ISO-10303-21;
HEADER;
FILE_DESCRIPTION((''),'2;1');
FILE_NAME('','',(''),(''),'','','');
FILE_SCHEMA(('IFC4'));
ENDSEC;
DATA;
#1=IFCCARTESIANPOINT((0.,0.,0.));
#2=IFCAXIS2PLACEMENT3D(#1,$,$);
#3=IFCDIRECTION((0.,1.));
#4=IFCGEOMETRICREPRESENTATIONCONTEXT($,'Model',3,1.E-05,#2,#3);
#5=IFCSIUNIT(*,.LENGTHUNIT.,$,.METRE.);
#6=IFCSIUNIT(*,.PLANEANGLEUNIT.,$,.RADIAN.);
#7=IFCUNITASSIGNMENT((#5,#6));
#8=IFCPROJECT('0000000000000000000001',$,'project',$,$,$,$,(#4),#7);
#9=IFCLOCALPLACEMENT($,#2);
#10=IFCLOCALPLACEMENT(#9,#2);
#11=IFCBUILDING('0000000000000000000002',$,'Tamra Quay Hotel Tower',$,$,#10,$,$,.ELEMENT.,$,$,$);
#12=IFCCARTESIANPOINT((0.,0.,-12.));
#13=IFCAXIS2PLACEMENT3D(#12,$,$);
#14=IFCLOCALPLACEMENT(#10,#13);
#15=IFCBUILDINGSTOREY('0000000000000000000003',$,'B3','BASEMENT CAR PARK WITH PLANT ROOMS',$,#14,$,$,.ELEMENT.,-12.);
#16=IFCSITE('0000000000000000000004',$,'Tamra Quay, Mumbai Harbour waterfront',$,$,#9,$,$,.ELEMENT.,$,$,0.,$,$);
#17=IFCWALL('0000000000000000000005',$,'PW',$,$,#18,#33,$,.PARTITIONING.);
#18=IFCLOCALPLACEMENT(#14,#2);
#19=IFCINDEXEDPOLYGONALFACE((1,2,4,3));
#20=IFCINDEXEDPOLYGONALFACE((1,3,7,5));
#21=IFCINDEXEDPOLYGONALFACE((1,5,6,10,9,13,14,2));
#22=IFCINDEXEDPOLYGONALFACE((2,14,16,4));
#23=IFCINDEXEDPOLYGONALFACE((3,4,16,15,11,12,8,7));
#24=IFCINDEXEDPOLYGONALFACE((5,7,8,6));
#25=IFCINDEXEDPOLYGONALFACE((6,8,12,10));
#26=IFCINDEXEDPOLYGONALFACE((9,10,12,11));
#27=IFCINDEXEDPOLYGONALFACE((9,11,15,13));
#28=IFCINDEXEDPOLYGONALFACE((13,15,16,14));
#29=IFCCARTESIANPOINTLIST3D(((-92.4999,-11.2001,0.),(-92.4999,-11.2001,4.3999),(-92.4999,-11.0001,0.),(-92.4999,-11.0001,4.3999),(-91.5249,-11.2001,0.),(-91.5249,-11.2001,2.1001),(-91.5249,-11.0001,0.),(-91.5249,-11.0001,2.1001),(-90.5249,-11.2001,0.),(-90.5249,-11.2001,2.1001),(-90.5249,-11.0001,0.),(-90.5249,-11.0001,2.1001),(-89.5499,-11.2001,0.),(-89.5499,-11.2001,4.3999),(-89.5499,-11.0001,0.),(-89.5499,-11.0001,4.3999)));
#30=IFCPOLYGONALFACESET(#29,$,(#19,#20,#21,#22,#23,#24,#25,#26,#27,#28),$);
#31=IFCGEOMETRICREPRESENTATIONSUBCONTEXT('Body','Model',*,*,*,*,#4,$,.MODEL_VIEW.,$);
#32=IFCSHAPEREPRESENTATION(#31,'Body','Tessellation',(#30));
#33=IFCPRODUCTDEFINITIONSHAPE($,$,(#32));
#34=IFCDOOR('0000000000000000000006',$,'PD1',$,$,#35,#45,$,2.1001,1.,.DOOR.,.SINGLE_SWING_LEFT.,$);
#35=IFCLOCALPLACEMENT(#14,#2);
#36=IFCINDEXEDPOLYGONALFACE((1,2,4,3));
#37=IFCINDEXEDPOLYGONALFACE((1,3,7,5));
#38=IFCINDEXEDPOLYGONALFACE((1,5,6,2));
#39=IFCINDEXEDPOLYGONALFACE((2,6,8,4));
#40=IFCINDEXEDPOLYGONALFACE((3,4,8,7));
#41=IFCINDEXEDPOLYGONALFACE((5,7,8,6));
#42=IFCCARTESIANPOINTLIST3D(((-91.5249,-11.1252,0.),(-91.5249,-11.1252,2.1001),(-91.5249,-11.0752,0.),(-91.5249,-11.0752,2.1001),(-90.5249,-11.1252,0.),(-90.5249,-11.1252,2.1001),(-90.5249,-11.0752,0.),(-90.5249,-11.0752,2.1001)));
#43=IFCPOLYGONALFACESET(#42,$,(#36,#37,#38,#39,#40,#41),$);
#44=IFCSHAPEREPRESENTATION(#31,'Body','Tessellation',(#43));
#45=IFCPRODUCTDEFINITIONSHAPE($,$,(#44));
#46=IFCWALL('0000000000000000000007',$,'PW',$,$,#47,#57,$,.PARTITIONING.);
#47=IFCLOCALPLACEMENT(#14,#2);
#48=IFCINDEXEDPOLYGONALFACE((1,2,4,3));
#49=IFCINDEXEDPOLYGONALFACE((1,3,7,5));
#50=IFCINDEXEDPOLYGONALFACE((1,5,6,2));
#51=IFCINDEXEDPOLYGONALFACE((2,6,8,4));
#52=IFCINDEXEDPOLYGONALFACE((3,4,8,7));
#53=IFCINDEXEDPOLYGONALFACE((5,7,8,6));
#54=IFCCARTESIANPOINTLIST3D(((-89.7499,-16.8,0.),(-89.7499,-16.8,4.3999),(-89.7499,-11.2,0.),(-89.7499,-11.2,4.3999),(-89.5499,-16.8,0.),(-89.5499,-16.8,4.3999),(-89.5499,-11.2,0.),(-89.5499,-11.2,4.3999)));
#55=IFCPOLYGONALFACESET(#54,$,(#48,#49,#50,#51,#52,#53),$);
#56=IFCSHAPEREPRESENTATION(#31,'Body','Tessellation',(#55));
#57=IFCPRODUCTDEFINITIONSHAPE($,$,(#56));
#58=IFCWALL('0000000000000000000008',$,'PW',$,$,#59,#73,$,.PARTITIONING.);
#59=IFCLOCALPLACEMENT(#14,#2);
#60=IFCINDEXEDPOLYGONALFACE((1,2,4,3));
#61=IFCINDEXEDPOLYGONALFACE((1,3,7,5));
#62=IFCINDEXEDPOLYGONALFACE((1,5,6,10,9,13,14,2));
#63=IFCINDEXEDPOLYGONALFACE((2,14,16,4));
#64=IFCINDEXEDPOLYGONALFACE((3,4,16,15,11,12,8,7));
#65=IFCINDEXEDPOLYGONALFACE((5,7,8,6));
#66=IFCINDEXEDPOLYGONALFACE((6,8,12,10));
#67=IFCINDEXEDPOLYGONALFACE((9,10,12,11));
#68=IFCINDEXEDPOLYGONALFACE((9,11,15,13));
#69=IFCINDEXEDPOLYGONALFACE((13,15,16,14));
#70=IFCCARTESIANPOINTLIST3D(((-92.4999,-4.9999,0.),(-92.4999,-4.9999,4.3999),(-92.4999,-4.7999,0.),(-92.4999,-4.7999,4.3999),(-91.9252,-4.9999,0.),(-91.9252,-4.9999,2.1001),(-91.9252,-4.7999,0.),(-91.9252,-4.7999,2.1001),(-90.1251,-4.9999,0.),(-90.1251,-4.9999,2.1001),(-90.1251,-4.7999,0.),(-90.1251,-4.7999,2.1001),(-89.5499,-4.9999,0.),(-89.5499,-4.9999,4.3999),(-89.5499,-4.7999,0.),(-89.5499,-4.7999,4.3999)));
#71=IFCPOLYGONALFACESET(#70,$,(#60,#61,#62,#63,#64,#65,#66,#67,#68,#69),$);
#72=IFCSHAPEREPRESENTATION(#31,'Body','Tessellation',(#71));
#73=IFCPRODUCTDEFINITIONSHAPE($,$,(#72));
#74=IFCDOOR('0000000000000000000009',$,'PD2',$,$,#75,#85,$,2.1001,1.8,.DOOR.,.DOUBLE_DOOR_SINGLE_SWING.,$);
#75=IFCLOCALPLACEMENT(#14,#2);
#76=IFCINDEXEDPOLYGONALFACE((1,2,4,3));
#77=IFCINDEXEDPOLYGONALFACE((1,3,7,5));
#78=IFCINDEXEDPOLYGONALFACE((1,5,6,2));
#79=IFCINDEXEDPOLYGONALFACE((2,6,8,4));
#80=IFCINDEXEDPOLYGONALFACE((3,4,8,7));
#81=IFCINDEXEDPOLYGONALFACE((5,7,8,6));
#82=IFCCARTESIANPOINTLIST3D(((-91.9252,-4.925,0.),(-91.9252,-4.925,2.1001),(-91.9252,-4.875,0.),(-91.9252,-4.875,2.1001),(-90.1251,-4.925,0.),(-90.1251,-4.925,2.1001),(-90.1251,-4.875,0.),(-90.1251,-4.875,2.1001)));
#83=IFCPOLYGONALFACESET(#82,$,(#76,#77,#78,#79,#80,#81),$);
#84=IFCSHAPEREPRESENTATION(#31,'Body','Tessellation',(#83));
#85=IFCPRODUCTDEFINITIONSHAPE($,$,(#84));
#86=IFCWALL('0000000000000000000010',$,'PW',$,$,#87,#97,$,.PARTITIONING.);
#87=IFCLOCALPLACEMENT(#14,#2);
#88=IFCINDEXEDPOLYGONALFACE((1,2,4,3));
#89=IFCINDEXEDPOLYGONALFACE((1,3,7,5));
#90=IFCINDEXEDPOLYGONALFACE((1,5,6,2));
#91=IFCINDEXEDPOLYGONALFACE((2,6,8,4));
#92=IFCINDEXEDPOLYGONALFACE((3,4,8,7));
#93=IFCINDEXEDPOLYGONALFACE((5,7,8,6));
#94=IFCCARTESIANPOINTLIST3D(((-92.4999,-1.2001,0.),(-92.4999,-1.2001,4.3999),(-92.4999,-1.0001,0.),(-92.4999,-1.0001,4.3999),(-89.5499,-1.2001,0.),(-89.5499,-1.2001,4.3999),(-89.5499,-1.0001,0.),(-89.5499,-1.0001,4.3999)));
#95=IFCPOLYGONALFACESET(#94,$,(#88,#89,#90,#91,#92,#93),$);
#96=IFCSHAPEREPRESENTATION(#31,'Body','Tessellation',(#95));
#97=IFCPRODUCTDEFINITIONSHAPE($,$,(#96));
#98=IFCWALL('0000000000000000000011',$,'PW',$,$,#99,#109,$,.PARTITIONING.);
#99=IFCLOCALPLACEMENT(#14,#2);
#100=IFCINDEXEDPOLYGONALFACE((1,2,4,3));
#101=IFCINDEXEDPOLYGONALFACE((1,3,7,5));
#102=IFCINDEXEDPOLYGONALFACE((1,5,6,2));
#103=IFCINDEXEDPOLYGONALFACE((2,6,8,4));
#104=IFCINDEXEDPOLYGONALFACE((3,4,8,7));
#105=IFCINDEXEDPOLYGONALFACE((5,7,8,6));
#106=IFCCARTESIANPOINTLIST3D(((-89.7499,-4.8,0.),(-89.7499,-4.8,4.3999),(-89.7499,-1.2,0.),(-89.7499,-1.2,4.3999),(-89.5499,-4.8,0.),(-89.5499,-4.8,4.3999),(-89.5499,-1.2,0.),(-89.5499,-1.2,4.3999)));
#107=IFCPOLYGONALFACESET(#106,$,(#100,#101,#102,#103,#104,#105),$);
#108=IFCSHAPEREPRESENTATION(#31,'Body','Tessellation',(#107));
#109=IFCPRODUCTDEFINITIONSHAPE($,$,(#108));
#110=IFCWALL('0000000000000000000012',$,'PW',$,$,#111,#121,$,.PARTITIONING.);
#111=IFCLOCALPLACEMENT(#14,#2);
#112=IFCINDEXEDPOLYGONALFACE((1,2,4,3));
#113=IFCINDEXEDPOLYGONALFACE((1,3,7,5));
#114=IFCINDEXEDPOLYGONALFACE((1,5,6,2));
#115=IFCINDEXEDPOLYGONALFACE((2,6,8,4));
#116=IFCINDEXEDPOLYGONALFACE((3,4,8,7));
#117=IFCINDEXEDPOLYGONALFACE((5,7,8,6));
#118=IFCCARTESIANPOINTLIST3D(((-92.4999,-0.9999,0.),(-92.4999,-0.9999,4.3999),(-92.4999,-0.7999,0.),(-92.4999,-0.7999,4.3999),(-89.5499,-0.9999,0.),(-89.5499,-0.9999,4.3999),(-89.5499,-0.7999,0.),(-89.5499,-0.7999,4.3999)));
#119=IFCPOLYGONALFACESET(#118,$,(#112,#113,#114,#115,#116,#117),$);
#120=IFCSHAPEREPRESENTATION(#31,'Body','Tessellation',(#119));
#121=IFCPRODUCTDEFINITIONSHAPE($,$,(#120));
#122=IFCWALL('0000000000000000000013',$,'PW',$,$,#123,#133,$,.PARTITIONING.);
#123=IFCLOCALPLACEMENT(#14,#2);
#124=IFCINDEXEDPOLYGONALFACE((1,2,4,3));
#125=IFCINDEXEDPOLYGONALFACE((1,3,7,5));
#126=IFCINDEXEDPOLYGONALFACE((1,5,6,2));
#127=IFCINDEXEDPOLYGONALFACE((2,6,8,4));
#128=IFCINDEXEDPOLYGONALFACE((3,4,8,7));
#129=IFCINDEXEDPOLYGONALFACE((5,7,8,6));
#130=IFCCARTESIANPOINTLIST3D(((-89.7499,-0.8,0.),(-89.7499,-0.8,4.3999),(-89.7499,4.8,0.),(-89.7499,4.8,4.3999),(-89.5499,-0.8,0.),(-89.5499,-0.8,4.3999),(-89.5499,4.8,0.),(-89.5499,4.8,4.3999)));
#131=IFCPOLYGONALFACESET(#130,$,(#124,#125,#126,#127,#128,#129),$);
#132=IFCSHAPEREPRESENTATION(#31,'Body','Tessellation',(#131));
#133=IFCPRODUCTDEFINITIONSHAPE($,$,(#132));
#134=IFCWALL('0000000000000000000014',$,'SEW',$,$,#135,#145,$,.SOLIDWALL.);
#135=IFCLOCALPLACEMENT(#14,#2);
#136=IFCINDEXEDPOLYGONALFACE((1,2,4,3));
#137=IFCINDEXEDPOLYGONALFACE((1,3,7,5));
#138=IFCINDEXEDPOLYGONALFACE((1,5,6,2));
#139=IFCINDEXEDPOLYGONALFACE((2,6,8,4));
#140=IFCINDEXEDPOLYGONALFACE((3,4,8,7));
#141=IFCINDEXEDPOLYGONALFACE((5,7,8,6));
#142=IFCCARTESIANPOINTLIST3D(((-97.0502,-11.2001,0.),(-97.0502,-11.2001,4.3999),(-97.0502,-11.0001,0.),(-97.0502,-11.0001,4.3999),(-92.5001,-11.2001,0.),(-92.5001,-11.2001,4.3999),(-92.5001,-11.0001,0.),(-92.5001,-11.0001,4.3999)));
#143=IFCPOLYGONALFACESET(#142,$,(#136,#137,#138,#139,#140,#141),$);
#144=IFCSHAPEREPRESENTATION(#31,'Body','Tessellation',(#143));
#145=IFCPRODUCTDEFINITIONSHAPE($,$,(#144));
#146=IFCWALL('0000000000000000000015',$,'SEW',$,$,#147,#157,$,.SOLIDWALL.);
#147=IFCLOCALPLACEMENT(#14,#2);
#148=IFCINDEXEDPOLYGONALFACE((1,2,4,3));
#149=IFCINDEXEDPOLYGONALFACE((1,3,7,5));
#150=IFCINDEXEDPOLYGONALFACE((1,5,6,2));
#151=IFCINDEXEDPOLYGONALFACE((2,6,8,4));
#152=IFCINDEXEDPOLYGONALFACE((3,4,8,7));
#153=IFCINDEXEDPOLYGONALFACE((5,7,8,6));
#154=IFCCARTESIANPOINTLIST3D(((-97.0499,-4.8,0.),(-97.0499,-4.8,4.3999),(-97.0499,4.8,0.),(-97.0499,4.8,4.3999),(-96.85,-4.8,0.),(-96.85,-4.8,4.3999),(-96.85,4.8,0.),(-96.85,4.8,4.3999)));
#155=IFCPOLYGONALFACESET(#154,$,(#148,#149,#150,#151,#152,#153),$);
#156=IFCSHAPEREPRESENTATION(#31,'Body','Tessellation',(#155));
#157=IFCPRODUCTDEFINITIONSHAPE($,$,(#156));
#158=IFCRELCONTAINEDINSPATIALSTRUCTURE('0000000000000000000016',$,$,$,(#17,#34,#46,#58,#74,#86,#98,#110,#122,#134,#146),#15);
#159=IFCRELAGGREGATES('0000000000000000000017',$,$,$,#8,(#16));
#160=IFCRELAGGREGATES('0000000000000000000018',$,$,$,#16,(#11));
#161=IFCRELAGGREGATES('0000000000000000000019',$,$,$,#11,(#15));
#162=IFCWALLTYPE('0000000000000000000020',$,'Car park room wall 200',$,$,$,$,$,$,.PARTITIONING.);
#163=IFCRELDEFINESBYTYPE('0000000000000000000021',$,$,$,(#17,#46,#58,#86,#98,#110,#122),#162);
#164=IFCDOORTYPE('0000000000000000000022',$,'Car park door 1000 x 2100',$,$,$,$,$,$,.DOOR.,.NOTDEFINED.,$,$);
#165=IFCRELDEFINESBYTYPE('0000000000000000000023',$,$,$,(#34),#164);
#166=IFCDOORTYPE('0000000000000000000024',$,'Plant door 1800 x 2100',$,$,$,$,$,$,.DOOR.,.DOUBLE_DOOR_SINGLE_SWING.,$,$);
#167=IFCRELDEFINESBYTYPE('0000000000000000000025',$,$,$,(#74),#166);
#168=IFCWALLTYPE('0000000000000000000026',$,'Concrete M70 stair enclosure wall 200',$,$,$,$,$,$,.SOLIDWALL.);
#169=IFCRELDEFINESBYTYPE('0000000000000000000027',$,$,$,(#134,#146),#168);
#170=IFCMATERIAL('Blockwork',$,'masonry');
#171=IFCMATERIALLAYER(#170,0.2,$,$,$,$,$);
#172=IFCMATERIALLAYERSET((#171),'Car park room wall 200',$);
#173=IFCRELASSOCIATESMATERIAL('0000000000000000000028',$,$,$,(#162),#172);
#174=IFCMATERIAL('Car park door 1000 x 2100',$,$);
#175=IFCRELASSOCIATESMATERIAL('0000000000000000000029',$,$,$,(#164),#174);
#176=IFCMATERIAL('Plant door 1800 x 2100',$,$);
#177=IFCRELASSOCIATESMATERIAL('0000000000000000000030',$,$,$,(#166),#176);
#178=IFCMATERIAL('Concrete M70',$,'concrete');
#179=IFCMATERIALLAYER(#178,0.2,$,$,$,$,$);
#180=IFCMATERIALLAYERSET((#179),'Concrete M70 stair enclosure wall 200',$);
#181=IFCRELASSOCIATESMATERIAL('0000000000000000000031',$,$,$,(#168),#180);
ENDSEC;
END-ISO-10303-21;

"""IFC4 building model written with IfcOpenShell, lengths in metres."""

from ifc_helpers import new_model, si_unit, direction, frame, frame_2d, origin, place, context, subcontext, project, spatial, rectangle, extrude, material, layer, layer_set, type_object, element, fill, save


model = new_model("IFC4")

# Units and contexts
model_context = context("Model", 3, precision=1e-05, world=origin(), true_north=direction((0.0, 1.0)))
body_context = subcontext(model_context, "Body", "Model", "MODEL_VIEW")
ifc_project = project(units=[si_unit("LENGTHUNIT", "METRE"), si_unit("PLANEANGLEUNIT", "RADIAN")], contexts=[model_context])

# Site, building, storey
site_placement = place(None, origin())
site = spatial("IfcSite", under=ifc_project, at=site_placement, Name="Tamra Quay, Mumbai Harbour waterfront", CompositionType="ELEMENT", RefElevation=0.0)
building_placement = place(site_placement, origin())
building = spatial("IfcBuilding", under=site, at=building_placement, Name="Tamra Quay Hotel Tower", CompositionType="ELEMENT")
storey_placement = place(building_placement, frame((0.0, 0.0, -12.0)))
storey = spatial("IfcBuildingStorey", under=building, at=storey_placement, Name="B3", Description="BASEMENT CAR PARK WITH PLANT ROOMS", CompositionType="ELEMENT", Elevation=-12.0)

# Shared definitions
ifc_material_1 = material(Name="Concrete M70", Category="concrete")

# Shared definitions
ifc_material_2 = material(Name="Blockwork", Category="masonry")
ifc_layer_1 = layer(ifc_material_2, 0.2)
ifc_layer_set_1 = layer_set([ifc_layer_1], Name="Car park room wall 200")
wall_type_1 = type_object("IfcWallType", Name="Car park room wall 200", PredefinedType="PARTITIONING", material=ifc_layer_set_1)

# Wall, opening, door
wall_1_placement = place(storey_placement, frame((-92.5, -11.1001, 0.0), z_axis=(0.0, 0.0, 1.0), x_axis=(1.0, 0.0, 0.0)))
wall_1 = element("IfcWall", 1, at=wall_1_placement, inside=storey, type_object=wall_type_1, Name="PW", PredefinedType="PARTITIONING", context=body_context, shape_type="SweptSolid", body=[
    extrude(rectangle(XDim=2.95, YDim=0.2, at=frame_2d((1.4751, 0.0))), origin(), (0.0, 0.0, 1.0), 4.3999),
])
opening_1_placement = place(wall_1_placement, frame((0.9751, 0.0, 0.0)))
opening_1 = element("IfcOpeningElement", 2, at=opening_1_placement, cuts=wall_1, PredefinedType="OPENING", context=body_context, shape_type="SweptSolid", body=[
    extrude(rectangle(XDim=1.0, YDim=2.1001, at=frame_2d((0.5, 1.05))), frame((0.0, 0.1099, 0.0), z_axis=(0.0, -1.0, 0.0), x_axis=(1.0, 0.0, 0.0)), (0.0, 0.0, 1.0), 0.22),
])
ifc_material_3 = material(Name="Car park door 1000 x 2100")
door_type_1 = type_object("IfcDoorType", Name="Car park door 1000 x 2100", OperationType="NOTDEFINED", PredefinedType="DOOR", material=ifc_material_3)
door_1_placement = place(opening_1_placement, origin())
door_1 = element("IfcDoor", 3, at=door_1_placement, inside=storey, type_object=door_type_1, Name="PD1", OperationType="SINGLE_SWING_LEFT", OverallHeight=2.1001, OverallWidth=1.0, PredefinedType="DOOR", context=body_context, shape_type="SweptSolid", body=[
    extrude(rectangle(XDim=1.0, YDim=2.1001, at=frame_2d((0.5, 1.05))), frame((0.0, 0.0249, 0.0), z_axis=(0.0, -1.0, 0.0), x_axis=(1.0, 0.0, 0.0)), (0.0, 0.0, 1.0), 0.05),
])
fill(opening_1, door_1)

# Wall
wall_2_placement = place(storey_placement, frame((-89.6499, -16.8, 0.0), z_axis=(0.0, 0.0, 1.0), x_axis=(0.0, 1.0, 0.0)))
element("IfcWall", 4, at=wall_2_placement, inside=storey, type_object=wall_type_1, Name="PW", PredefinedType="PARTITIONING", context=body_context, shape_type="SweptSolid", body=[
    extrude(rectangle(XDim=5.6001, YDim=0.2, at=frame_2d((2.8, 0.0))), origin(), (0.0, 0.0, 1.0), 4.3999),
])

# Wall, opening, door
wall_3_placement = place(storey_placement, frame((-92.5, -4.8999, 0.0), z_axis=(0.0, 0.0, 1.0), x_axis=(1.0, 0.0, 0.0)))
wall_3 = element("IfcWall", 5, at=wall_3_placement, inside=storey, type_object=wall_type_1, Name="PW", PredefinedType="PARTITIONING", context=body_context, shape_type="SweptSolid", body=[
    extrude(rectangle(XDim=2.95, YDim=0.2, at=frame_2d((1.4751, 0.0))), origin(), (0.0, 0.0, 1.0), 4.3999),
])
opening_2_placement = place(wall_3_placement, frame((0.575, 0.0, 0.0)))
opening_2 = element("IfcOpeningElement", 6, at=opening_2_placement, cuts=wall_3, PredefinedType="OPENING", context=body_context, shape_type="SweptSolid", body=[
    extrude(rectangle(XDim=1.8, YDim=2.1001, at=frame_2d((0.8999, 1.05))), frame((0.0, 0.1099, 0.0), z_axis=(0.0, -1.0, 0.0), x_axis=(1.0, 0.0, 0.0)), (0.0, 0.0, 1.0), 0.22),
])
ifc_material_4 = material(Name="Plant door 1800 x 2100")
door_type_2 = type_object("IfcDoorType", Name="Plant door 1800 x 2100", OperationType="DOUBLE_DOOR_SINGLE_SWING", PredefinedType="DOOR", material=ifc_material_4)
door_2_placement = place(opening_2_placement, origin())
door_2 = element("IfcDoor", 7, at=door_2_placement, inside=storey, type_object=door_type_2, Name="PD2", OperationType="DOUBLE_DOOR_SINGLE_SWING", OverallHeight=2.1001, OverallWidth=1.8, PredefinedType="DOOR", context=body_context, shape_type="SweptSolid", body=[
    extrude(rectangle(XDim=1.8, YDim=2.1001, at=frame_2d((0.8999, 1.05))), frame((0.0, 0.0249, 0.0), z_axis=(0.0, -1.0, 0.0), x_axis=(1.0, 0.0, 0.0)), (0.0, 0.0, 1.0), 0.05),
])
fill(opening_2, door_2)

# Walls
wall_4_placement = place(storey_placement, frame((-92.5, -1.1001, 0.0), z_axis=(0.0, 0.0, 1.0), x_axis=(1.0, 0.0, 0.0)))
element("IfcWall", 8, at=wall_4_placement, inside=storey, type_object=wall_type_1, Name="PW", PredefinedType="PARTITIONING", context=body_context, shape_type="SweptSolid", body=[
    extrude(rectangle(XDim=2.95, YDim=0.2, at=frame_2d((1.4751, 0.0))), origin(), (0.0, 0.0, 1.0), 4.3999),
])
wall_5_placement = place(storey_placement, frame((-89.6499, -4.8, 0.0), z_axis=(0.0, 0.0, 1.0), x_axis=(0.0, 1.0, 0.0)))
element("IfcWall", 9, at=wall_5_placement, inside=storey, type_object=wall_type_1, Name="PW", PredefinedType="PARTITIONING", context=body_context, shape_type="SweptSolid", body=[
    extrude(rectangle(XDim=3.6001, YDim=0.2, at=frame_2d((1.8, 0.0))), origin(), (0.0, 0.0, 1.0), 4.3999),
])
wall_6_placement = place(storey_placement, frame((-92.5, -0.8999, 0.0), z_axis=(0.0, 0.0, 1.0), x_axis=(1.0, 0.0, 0.0)))
element("IfcWall", 10, at=wall_6_placement, inside=storey, type_object=wall_type_1, Name="PW", PredefinedType="PARTITIONING", context=body_context, shape_type="SweptSolid", body=[
    extrude(rectangle(XDim=2.95, YDim=0.2, at=frame_2d((1.4751, 0.0))), origin(), (0.0, 0.0, 1.0), 4.3999),
])
wall_7_placement = place(storey_placement, frame((-89.6499, -0.8, 0.0), z_axis=(0.0, 0.0, 1.0), x_axis=(0.0, 1.0, 0.0)))
element("IfcWall", 11, at=wall_7_placement, inside=storey, type_object=wall_type_1, Name="PW", PredefinedType="PARTITIONING", context=body_context, shape_type="SweptSolid", body=[
    extrude(rectangle(XDim=5.6001, YDim=0.2, at=frame_2d((2.8, 0.0))), origin(), (0.0, 0.0, 1.0), 4.3999),
])
ifc_layer_2 = layer(ifc_material_1, 0.2)
ifc_layer_set_2 = layer_set([ifc_layer_2], Name="Concrete M70 stair enclosure wall 200")
wall_type_2 = type_object("IfcWallType", Name="Concrete M70 stair enclosure wall 200", PredefinedType="SOLIDWALL", material=ifc_layer_set_2)
wall_8_placement = place(storey_placement, frame((-97.05, -11.1001, 0.0), z_axis=(0.0, 0.0, 1.0), x_axis=(1.0, 0.0, 0.0)))
element("IfcWall", 12, at=wall_8_placement, inside=storey, type_object=wall_type_2, Name="SEW", PredefinedType="SOLIDWALL", context=body_context, shape_type="SweptSolid", body=[
    extrude(rectangle(XDim=4.55, YDim=0.2, at=frame_2d((2.2749, 0.0))), origin(), (0.0, 0.0, 1.0), 4.3999),
])
wall_9_placement = place(storey_placement, frame((-96.95, -4.8, 0.0), z_axis=(0.0, 0.0, 1.0), x_axis=(0.0, 1.0, 0.0)))
element("IfcWall", 13, at=wall_9_placement, inside=storey, type_object=wall_type_2, Name="SEW", PredefinedType="SOLIDWALL", context=body_context, shape_type="SweptSolid", body=[
    extrude(rectangle(XDim=9.6001, YDim=0.2, at=frame_2d((4.8, 0.0))), origin(), (0.0, 0.0, 1.0), 4.3999),
])

save(model, "model.ifc")
